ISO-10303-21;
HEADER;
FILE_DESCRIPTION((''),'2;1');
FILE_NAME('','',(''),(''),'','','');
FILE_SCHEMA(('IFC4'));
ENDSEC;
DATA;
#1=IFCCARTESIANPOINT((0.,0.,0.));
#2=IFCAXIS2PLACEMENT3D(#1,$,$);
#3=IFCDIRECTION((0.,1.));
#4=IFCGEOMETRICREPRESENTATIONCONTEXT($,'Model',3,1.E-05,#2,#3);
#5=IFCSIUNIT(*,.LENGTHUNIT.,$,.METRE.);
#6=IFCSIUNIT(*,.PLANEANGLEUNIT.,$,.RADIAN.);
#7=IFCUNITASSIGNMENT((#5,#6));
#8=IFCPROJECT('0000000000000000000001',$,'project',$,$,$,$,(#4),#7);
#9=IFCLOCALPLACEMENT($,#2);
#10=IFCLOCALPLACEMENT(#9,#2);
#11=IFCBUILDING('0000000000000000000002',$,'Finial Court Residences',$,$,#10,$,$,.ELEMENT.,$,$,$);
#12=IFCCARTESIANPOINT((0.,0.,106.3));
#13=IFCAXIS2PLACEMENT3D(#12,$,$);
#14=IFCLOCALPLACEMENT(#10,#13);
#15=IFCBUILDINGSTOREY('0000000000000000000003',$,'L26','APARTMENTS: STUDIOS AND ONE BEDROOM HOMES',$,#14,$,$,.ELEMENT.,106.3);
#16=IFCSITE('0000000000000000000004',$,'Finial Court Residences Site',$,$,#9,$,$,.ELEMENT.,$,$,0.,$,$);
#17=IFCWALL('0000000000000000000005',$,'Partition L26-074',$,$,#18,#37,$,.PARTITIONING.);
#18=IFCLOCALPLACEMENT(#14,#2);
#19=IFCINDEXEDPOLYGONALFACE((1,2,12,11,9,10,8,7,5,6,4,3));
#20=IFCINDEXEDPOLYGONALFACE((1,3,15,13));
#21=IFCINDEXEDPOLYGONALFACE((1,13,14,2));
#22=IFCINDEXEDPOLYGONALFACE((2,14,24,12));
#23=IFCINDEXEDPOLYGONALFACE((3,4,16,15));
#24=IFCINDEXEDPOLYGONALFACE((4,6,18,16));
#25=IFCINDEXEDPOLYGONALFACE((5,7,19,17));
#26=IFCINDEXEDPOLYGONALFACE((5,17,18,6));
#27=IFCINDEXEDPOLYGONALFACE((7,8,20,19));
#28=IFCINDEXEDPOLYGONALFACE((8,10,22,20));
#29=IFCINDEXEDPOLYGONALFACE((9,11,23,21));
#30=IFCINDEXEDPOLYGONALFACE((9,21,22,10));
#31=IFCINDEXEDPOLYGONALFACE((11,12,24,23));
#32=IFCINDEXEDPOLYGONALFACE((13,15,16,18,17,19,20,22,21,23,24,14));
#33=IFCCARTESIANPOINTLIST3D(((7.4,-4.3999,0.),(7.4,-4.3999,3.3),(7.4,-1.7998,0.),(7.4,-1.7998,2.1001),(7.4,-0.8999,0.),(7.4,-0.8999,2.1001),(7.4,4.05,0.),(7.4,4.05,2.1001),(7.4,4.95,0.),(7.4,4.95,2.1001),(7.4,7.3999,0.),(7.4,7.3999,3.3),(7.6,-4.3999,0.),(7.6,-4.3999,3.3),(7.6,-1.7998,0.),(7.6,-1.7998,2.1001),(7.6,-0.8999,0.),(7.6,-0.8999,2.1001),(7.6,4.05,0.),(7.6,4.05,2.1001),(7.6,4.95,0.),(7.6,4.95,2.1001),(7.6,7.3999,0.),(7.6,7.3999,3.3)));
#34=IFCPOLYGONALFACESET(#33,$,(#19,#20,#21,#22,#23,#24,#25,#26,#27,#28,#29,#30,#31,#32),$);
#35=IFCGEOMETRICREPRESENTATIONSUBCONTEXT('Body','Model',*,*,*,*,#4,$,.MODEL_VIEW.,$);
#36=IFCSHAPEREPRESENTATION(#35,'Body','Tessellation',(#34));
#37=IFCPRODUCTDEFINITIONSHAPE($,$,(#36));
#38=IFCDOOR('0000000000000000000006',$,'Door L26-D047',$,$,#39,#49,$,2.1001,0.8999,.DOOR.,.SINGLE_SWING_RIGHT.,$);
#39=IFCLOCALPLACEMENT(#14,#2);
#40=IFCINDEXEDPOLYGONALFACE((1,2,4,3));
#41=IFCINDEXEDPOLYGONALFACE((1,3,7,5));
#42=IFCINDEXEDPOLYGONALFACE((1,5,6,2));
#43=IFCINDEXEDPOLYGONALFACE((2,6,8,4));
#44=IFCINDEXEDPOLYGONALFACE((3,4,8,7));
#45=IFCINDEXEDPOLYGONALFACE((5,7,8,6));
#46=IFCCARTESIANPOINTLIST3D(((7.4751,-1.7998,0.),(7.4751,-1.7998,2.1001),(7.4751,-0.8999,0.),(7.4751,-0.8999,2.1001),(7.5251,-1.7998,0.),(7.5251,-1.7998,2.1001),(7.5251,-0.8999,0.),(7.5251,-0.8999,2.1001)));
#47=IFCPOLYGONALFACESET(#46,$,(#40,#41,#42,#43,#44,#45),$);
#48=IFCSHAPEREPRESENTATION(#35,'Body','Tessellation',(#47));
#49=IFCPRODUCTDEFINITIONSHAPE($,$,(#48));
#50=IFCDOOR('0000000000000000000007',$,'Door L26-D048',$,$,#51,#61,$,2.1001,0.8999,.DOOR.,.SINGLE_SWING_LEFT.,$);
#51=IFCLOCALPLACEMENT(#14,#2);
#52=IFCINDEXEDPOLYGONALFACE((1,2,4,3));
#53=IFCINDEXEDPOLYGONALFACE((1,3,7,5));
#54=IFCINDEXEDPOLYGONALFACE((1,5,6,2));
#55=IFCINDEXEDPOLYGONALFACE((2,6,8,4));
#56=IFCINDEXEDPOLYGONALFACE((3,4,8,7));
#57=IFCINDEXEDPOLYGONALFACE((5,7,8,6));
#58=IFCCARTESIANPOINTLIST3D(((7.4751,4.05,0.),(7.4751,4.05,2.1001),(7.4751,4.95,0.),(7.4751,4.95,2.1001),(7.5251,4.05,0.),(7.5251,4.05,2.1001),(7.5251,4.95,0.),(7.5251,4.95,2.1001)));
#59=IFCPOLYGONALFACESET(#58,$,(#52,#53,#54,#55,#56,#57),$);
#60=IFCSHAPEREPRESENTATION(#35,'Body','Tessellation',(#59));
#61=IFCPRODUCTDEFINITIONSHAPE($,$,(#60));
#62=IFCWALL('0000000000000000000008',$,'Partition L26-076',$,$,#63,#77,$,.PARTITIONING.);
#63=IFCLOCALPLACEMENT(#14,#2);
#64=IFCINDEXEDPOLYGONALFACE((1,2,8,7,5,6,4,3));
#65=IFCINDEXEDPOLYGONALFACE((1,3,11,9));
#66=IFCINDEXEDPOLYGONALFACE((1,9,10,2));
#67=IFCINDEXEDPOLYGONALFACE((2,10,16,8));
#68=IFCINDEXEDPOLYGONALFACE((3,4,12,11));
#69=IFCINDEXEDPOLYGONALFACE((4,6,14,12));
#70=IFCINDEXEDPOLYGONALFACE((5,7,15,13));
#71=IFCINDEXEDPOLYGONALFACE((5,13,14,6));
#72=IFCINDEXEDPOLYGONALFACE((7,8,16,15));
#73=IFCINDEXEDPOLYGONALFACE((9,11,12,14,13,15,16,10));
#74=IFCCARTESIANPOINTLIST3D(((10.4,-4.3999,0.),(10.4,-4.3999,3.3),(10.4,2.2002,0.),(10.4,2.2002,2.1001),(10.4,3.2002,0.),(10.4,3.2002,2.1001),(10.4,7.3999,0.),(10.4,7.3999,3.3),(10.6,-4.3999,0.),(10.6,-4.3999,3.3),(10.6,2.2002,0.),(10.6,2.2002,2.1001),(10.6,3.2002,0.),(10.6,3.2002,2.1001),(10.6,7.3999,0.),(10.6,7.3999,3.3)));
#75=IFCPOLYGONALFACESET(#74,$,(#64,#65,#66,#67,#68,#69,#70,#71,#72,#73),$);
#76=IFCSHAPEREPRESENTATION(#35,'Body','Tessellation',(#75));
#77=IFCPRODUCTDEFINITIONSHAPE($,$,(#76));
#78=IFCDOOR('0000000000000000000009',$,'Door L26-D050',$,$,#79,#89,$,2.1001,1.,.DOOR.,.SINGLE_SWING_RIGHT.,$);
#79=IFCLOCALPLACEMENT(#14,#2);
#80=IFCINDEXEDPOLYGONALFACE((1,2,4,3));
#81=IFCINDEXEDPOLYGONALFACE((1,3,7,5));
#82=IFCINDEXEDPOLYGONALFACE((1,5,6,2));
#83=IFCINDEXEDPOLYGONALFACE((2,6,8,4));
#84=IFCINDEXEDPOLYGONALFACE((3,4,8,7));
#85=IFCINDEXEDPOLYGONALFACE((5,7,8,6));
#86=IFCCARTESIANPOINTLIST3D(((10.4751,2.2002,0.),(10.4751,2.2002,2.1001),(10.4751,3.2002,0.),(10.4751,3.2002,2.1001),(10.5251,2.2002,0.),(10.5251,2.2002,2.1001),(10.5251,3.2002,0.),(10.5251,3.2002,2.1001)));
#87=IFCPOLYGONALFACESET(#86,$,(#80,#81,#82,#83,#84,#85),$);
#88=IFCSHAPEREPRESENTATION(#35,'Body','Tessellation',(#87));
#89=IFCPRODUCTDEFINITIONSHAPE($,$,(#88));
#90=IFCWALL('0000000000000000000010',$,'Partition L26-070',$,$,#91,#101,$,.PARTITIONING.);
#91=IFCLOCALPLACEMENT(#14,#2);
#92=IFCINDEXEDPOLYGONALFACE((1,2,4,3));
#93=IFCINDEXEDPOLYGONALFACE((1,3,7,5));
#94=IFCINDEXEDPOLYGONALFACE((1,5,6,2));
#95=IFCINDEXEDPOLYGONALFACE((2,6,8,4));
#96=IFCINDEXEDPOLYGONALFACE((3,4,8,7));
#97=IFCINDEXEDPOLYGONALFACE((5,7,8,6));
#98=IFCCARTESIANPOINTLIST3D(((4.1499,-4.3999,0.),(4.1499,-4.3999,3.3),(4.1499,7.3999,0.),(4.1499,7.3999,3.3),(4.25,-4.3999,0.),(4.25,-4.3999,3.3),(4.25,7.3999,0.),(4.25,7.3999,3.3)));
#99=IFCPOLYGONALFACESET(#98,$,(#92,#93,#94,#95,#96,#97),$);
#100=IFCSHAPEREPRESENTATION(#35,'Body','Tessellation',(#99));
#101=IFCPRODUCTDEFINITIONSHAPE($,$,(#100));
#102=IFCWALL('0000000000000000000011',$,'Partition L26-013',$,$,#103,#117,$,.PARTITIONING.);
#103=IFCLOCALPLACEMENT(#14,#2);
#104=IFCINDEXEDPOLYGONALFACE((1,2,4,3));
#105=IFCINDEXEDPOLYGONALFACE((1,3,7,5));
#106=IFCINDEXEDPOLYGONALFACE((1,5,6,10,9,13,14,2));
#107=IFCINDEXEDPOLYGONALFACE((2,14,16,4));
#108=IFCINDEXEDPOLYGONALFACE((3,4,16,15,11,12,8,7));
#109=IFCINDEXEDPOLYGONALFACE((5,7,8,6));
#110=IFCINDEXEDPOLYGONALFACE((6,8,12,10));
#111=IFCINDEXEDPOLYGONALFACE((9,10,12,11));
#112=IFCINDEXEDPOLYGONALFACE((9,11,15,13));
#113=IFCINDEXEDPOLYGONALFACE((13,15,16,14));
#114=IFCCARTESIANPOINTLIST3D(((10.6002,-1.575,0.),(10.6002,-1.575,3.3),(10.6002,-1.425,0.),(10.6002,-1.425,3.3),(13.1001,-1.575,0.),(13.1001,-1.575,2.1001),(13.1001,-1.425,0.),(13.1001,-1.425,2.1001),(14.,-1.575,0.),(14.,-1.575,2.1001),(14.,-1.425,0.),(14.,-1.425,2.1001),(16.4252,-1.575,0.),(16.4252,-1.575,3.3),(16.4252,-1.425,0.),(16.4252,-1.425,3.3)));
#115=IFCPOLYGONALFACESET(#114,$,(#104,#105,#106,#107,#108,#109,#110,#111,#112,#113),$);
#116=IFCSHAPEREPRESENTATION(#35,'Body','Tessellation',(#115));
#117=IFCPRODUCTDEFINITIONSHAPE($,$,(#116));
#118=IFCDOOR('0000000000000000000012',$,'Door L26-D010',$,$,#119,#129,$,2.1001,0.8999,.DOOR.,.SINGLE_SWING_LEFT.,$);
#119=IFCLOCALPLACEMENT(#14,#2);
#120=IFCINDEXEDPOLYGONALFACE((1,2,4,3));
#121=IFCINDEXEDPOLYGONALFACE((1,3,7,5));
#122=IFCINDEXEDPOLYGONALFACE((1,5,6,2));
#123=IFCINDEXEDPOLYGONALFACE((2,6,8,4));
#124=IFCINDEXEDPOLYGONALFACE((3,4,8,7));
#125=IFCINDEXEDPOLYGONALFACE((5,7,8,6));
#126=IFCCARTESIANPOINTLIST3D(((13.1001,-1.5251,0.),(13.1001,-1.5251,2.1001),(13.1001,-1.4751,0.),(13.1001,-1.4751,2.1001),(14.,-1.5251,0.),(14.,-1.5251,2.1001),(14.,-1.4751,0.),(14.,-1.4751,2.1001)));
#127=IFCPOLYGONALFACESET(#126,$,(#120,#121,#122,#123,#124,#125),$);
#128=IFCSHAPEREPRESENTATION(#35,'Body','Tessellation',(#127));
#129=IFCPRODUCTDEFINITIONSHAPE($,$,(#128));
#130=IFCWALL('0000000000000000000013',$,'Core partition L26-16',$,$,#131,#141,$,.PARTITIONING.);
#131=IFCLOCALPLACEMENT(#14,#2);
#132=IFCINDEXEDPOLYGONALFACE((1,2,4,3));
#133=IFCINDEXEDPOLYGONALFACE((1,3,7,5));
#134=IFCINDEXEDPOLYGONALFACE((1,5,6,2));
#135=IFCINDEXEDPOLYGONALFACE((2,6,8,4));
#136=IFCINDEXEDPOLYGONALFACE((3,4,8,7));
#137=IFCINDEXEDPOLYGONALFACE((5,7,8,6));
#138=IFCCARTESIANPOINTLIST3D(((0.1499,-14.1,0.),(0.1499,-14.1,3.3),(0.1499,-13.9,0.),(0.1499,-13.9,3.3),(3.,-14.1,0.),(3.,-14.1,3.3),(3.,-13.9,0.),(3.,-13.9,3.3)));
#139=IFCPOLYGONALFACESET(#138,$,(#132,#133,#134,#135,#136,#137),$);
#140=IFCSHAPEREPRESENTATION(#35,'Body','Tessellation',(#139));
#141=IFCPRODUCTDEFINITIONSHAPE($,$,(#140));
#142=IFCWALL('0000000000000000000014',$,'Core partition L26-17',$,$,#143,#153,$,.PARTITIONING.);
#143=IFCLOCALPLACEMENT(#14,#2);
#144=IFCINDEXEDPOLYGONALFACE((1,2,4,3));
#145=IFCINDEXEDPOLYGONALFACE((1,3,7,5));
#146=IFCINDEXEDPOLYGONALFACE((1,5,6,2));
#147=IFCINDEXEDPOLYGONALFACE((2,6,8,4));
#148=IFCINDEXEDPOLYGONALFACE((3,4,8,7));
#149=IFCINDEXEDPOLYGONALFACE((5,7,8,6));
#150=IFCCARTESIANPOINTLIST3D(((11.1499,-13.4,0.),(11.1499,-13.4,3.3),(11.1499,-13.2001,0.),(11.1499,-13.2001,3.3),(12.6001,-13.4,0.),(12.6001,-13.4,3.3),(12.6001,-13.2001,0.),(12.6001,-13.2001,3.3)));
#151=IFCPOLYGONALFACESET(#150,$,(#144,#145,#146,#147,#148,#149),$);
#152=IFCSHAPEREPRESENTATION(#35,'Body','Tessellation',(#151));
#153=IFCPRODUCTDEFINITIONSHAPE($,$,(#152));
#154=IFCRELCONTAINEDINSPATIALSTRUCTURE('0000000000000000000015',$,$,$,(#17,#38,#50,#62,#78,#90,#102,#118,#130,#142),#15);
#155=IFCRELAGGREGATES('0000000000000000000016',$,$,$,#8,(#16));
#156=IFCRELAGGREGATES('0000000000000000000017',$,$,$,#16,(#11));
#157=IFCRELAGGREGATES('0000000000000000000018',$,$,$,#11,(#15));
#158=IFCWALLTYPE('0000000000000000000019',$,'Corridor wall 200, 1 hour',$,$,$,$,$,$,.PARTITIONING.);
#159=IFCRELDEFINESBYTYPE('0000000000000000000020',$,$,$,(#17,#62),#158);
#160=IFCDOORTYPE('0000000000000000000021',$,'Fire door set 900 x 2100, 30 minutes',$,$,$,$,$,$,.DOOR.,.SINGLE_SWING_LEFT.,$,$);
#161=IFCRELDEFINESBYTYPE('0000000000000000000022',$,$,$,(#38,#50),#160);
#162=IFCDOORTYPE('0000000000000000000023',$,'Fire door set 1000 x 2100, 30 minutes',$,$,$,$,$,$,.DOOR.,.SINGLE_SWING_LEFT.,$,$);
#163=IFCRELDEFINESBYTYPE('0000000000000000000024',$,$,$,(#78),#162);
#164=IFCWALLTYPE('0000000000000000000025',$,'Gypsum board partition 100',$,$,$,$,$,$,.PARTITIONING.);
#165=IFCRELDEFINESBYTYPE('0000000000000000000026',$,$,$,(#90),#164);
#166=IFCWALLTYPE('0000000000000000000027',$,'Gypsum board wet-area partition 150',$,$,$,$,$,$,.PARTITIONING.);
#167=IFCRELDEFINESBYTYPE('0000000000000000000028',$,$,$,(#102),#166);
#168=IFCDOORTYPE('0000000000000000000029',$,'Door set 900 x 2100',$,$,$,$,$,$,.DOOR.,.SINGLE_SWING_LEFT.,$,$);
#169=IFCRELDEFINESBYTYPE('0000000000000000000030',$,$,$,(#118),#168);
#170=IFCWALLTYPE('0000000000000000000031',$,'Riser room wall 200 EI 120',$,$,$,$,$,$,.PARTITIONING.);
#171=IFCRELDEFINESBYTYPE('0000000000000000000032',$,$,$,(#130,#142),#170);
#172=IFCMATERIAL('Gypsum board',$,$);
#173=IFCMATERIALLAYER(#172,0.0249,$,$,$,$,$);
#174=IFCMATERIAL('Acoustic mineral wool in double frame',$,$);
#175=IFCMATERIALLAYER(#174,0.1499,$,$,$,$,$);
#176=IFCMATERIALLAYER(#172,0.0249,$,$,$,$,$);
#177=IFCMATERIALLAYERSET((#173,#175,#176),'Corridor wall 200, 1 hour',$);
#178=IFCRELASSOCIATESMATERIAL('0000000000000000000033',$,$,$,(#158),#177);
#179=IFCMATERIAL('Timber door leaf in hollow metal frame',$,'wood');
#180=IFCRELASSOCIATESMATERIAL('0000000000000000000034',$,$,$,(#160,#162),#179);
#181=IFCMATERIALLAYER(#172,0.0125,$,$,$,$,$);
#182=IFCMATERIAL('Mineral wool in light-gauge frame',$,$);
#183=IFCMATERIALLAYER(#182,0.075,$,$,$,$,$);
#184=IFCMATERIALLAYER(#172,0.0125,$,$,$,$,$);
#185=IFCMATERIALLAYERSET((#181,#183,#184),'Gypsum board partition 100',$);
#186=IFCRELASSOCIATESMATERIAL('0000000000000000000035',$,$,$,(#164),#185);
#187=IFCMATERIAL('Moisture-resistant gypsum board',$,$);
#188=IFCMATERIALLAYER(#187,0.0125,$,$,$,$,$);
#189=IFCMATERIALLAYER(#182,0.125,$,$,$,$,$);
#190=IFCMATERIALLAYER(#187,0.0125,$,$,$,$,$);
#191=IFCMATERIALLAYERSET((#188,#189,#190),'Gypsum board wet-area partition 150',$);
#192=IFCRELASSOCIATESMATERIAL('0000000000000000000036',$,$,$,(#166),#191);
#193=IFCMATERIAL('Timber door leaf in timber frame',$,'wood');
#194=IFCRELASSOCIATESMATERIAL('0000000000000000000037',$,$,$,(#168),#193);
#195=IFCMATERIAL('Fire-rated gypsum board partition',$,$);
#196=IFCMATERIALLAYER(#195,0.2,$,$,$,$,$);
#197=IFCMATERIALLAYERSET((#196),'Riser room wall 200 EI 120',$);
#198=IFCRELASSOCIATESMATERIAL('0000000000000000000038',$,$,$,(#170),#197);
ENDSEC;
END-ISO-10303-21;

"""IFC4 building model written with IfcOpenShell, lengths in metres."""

from ifc_helpers import new_model, si_unit, direction, frame, frame_2d, origin, place, context, subcontext, project, spatial, rectangle, extrude, material, layer, layer_set, type_object, element, fill, save


model = new_model("IFC4")

# Units and contexts
model_context = context("Model", 3, precision=1e-05, world=origin(), true_north=direction((0.0, 1.0)))
body_context = subcontext(model_context, "Body", "Model", "MODEL_VIEW")
ifc_project = project(units=[si_unit("LENGTHUNIT", "METRE"), si_unit("PLANEANGLEUNIT", "RADIAN")], contexts=[model_context])

# Site, building, storey
site_placement = place(None, origin())
site = spatial("IfcSite", under=ifc_project, at=site_placement, Name="Finial Court Residences Site", CompositionType="ELEMENT", RefElevation=0.0)
building_placement = place(site_placement, origin())
building = spatial("IfcBuilding", under=site, at=building_placement, Name="Finial Court Residences", CompositionType="ELEMENT")
storey_placement = place(building_placement, frame((0.0, 0.0, 106.3)))
storey = spatial("IfcBuildingStorey", under=building, at=storey_placement, Name="L26", Description="APARTMENTS: STUDIOS AND ONE BEDROOM HOMES", CompositionType="ELEMENT", Elevation=106.3)

# Shared definitions
ifc_material_1 = material(Name="Fire-rated gypsum board partition")

# Shared definitions
ifc_material_2 = material(Name="Gypsum board")
ifc_layer_1 = layer(ifc_material_2, 0.0249)
ifc_material_3 = material(Name="Acoustic mineral wool in double frame")
ifc_layer_2 = layer(ifc_material_3, 0.1499)
ifc_layer_3 = layer(ifc_material_2, 0.0249)
ifc_layer_set_1 = layer_set([ifc_layer_1, ifc_layer_2, ifc_layer_3], Name="Corridor wall 200, 1 hour")
wall_type_1 = type_object("IfcWallType", Name="Corridor wall 200, 1 hour", PredefinedType="PARTITIONING", material=ifc_layer_set_1)

# Wall, openings, doors
wall_1_placement = place(storey_placement, frame((7.5, -4.3999, 0.0), z_axis=(0.0, 0.0, 1.0), x_axis=(0.0, 1.0, 0.0)))
wall_1 = element("IfcWall", 1, at=wall_1_placement, inside=storey, type_object=wall_type_1, Name="Partition L26-074", PredefinedType="PARTITIONING", context=body_context, shape_type="SweptSolid", body=[
    extrude(rectangle(XDim=11.7998, YDim=0.2, at=frame_2d((5.8999, 0.0))), origin(), (0.0, 0.0, 1.0), 3.3),
])
opening_1_placement = place(wall_1_placement, frame((2.6001, 0.0, 0.0)))
opening_1 = element("IfcOpeningElement", 2, at=opening_1_placement, cuts=wall_1, PredefinedType="OPENING", context=body_context, shape_type="SweptSolid", body=[
    extrude(rectangle(XDim=0.8999, YDim=2.1001, at=frame_2d((0.45, 1.05))), frame((0.0, 0.1099, 0.0), z_axis=(0.0, -1.0, 0.0), x_axis=(1.0, 0.0, 0.0)), (0.0, 0.0, 1.0), 0.22),
])
opening_2_placement = place(wall_1_placement, frame((8.45, 0.0, 0.0)))
opening_2 = element("IfcOpeningElement", 3, at=opening_2_placement, cuts=wall_1, PredefinedType="OPENING", context=body_context, shape_type="SweptSolid", body=[
    extrude(rectangle(XDim=0.8999, YDim=2.1001, at=frame_2d((0.45, 1.05))), frame((0.0, 0.1099, 0.0), z_axis=(0.0, -1.0, 0.0), x_axis=(1.0, 0.0, 0.0)), (0.0, 0.0, 1.0), 0.22),
])
ifc_material_4 = material(Name="Timber door leaf in hollow metal frame", Category="wood")
door_type_1 = type_object("IfcDoorType", Name="Fire door set 900 x 2100, 30 minutes", OperationType="SINGLE_SWING_LEFT", PredefinedType="DOOR", material=ifc_material_4)
door_1_placement = place(opening_1_placement, origin())
door_1 = element("IfcDoor", 4, at=door_1_placement, inside=storey, type_object=door_type_1, Name="Door L26-D047", OperationType="SINGLE_SWING_RIGHT", OverallHeight=2.1001, OverallWidth=0.8999, PredefinedType="DOOR", context=body_context, shape_type="SweptSolid", body=[
    extrude(rectangle(XDim=0.8999, YDim=2.1001, at=frame_2d((0.45, 1.05))), frame((0.0, 0.0249, 0.0), z_axis=(0.0, -1.0, 0.0), x_axis=(1.0, 0.0, 0.0)), (0.0, 0.0, 1.0), 0.05),
])
fill(opening_1, door_1)
door_2_placement = place(opening_2_placement, origin())
door_2 = element("IfcDoor", 5, at=door_2_placement, inside=storey, type_object=door_type_1, Name="Door L26-D048", OperationType="SINGLE_SWING_LEFT", OverallHeight=2.1001, OverallWidth=0.8999, PredefinedType="DOOR", context=body_context, shape_type="SweptSolid", body=[
    extrude(rectangle(XDim=0.8999, YDim=2.1001, at=frame_2d((0.45, 1.05))), frame((0.0, 0.0249, 0.0), z_axis=(0.0, -1.0, 0.0), x_axis=(1.0, 0.0, 0.0)), (0.0, 0.0, 1.0), 0.05),
])
fill(opening_2, door_2)

# Wall, opening, door
wall_2_placement = place(storey_placement, frame((10.5, -4.3999, 0.0), z_axis=(0.0, 0.0, 1.0), x_axis=(0.0, 1.0, 0.0)))
wall_2 = element("IfcWall", 6, at=wall_2_placement, inside=storey, type_object=wall_type_1, Name="Partition L26-076", PredefinedType="PARTITIONING", context=body_context, shape_type="SweptSolid", body=[
    extrude(rectangle(XDim=11.7998, YDim=0.2, at=frame_2d((5.8999, 0.0))), origin(), (0.0, 0.0, 1.0), 3.3),
])
opening_3_placement = place(wall_2_placement, frame((6.6001, 0.0, 0.0)))
opening_3 = element("IfcOpeningElement", 7, at=opening_3_placement, cuts=wall_2, PredefinedType="OPENING", context=body_context, shape_type="SweptSolid", body=[
    extrude(rectangle(XDim=1.0, YDim=2.1001, at=frame_2d((0.5, 1.05))), frame((0.0, 0.1099, 0.0), z_axis=(0.0, -1.0, 0.0), x_axis=(1.0, 0.0, 0.0)), (0.0, 0.0, 1.0), 0.22),
])
door_type_2 = type_object("IfcDoorType", Name="Fire door set 1000 x 2100, 30 minutes", OperationType="SINGLE_SWING_LEFT", PredefinedType="DOOR", material=ifc_material_4)
door_3_placement = place(opening_3_placement, origin())
door_3 = element("IfcDoor", 8, at=door_3_placement, inside=storey, type_object=door_type_2, Name="Door L26-D050", OperationType="SINGLE_SWING_RIGHT", OverallHeight=2.1001, OverallWidth=1.0, PredefinedType="DOOR", context=body_context, shape_type="SweptSolid", body=[
    extrude(rectangle(XDim=1.0, YDim=2.1001, at=frame_2d((0.5, 1.05))), frame((0.0, 0.0249, 0.0), z_axis=(0.0, -1.0, 0.0), x_axis=(1.0, 0.0, 0.0)), (0.0, 0.0, 1.0), 0.05),
])
fill(opening_3, door_3)

# Wall
ifc_layer_4 = layer(ifc_material_2, 0.0125)
ifc_material_5 = material(Name="Mineral wool in light-gauge frame")
ifc_layer_5 = layer(ifc_material_5, 0.075)
ifc_layer_6 = layer(ifc_material_2, 0.0125)
ifc_layer_set_2 = layer_set([ifc_layer_4, ifc_layer_5, ifc_layer_6], Name="Gypsum board partition 100")
wall_type_2 = type_object("IfcWallType", Name="Gypsum board partition 100", PredefinedType="PARTITIONING", material=ifc_layer_set_2)
wall_3_placement = place(storey_placement, frame((4.2, -4.3999, 0.0), z_axis=(0.0, 0.0, 1.0), x_axis=(0.0, 1.0, 0.0)))
element("IfcWall", 9, at=wall_3_placement, inside=storey, type_object=wall_type_2, Name="Partition L26-070", PredefinedType="PARTITIONING", context=body_context, shape_type="SweptSolid", body=[
    extrude(rectangle(XDim=11.7998, YDim=0.1001, at=frame_2d((5.8999, 0.0))), origin(), (0.0, 0.0, 1.0), 3.3),
])

# Wall, opening, door
ifc_material_6 = material(Name="Moisture-resistant gypsum board")
ifc_layer_7 = layer(ifc_material_6, 0.0125)
ifc_layer_8 = layer(ifc_material_5, 0.125)
ifc_layer_9 = layer(ifc_material_6, 0.0125)
ifc_layer_set_3 = layer_set([ifc_layer_7, ifc_layer_8, ifc_layer_9], Name="Gypsum board wet-area partition 150")
wall_type_3 = type_object("IfcWallType", Name="Gypsum board wet-area partition 150", PredefinedType="PARTITIONING", material=ifc_layer_set_3)
wall_4_placement = place(storey_placement, frame((10.6001, -1.5, 0.0), z_axis=(0.0, 0.0, 1.0), x_axis=(1.0, 0.0, 0.0)))
wall_4 = element("IfcWall", 10, at=wall_4_placement, inside=storey, type_object=wall_type_3, Name="Partition L26-013", PredefinedType="PARTITIONING", context=body_context, shape_type="SweptSolid", body=[
    extrude(rectangle(XDim=5.825, YDim=0.1499, at=frame_2d((2.9126, 0.0))), origin(), (0.0, 0.0, 1.0), 3.3),
])
opening_4_placement = place(wall_4_placement, frame((2.5, 0.0, 0.0)))
opening_4 = element("IfcOpeningElement", 11, at=opening_4_placement, cuts=wall_4, PredefinedType="OPENING", context=body_context, shape_type="SweptSolid", body=[
    extrude(rectangle(XDim=0.8999, YDim=2.1001, at=frame_2d((0.45, 1.05))), frame((0.0, 0.085, 0.0), z_axis=(0.0, -1.0, 0.0), x_axis=(1.0, 0.0, 0.0)), (0.0, 0.0, 1.0), 0.1699),
])
ifc_material_7 = material(Name="Timber door leaf in timber frame", Category="wood")
door_type_3 = type_object("IfcDoorType", Name="Door set 900 x 2100", OperationType="SINGLE_SWING_LEFT", PredefinedType="DOOR", material=ifc_material_7)
door_4_placement = place(opening_4_placement, origin())
door_4 = element("IfcDoor", 12, at=door_4_placement, inside=storey, type_object=door_type_3, Name="Door L26-D010", OperationType="SINGLE_SWING_LEFT", OverallHeight=2.1001, OverallWidth=0.8999, PredefinedType="DOOR", context=body_context, shape_type="SweptSolid", body=[
    extrude(rectangle(XDim=0.8999, YDim=2.1001, at=frame_2d((0.45, 1.05))), frame((0.0, 0.0249, 0.0), z_axis=(0.0, -1.0, 0.0), x_axis=(1.0, 0.0, 0.0)), (0.0, 0.0, 1.0), 0.05),
])
fill(opening_4, door_4)

# Walls
ifc_layer_10 = layer(ifc_material_1, 0.2)
ifc_layer_set_4 = layer_set([ifc_layer_10], Name="Riser room wall 200 EI 120")
wall_type_4 = type_object("IfcWallType", Name="Riser room wall 200 EI 120", PredefinedType="PARTITIONING", material=ifc_layer_set_4)
wall_5_placement = place(storey_placement, frame((0.1499, -14.0, 0.0), z_axis=(0.0, 0.0, 1.0), x_axis=(1.0, 0.0, 0.0)))
element("IfcWall", 13, at=wall_5_placement, inside=storey, type_object=wall_type_4, Name="Core partition L26-16", PredefinedType="PARTITIONING", context=body_context, shape_type="SweptSolid", body=[
    extrude(rectangle(XDim=2.8501, YDim=0.2, at=frame_2d((1.425, 0.0))), origin(), (0.0, 0.0, 1.0), 3.3),
])
wall_6_placement = place(storey_placement, frame((11.1499, -13.3, 0.0), z_axis=(0.0, 0.0, 1.0), x_axis=(1.0, 0.0, 0.0)))
element("IfcWall", 14, at=wall_6_placement, inside=storey, type_object=wall_type_4, Name="Core partition L26-17", PredefinedType="PARTITIONING", context=body_context, shape_type="SweptSolid", body=[
    extrude(rectangle(XDim=1.4502, YDim=0.2, at=frame_2d((0.7251, 0.0))), origin(), (0.0, 0.0, 1.0), 3.3),
])

save(model, "model.ifc")
